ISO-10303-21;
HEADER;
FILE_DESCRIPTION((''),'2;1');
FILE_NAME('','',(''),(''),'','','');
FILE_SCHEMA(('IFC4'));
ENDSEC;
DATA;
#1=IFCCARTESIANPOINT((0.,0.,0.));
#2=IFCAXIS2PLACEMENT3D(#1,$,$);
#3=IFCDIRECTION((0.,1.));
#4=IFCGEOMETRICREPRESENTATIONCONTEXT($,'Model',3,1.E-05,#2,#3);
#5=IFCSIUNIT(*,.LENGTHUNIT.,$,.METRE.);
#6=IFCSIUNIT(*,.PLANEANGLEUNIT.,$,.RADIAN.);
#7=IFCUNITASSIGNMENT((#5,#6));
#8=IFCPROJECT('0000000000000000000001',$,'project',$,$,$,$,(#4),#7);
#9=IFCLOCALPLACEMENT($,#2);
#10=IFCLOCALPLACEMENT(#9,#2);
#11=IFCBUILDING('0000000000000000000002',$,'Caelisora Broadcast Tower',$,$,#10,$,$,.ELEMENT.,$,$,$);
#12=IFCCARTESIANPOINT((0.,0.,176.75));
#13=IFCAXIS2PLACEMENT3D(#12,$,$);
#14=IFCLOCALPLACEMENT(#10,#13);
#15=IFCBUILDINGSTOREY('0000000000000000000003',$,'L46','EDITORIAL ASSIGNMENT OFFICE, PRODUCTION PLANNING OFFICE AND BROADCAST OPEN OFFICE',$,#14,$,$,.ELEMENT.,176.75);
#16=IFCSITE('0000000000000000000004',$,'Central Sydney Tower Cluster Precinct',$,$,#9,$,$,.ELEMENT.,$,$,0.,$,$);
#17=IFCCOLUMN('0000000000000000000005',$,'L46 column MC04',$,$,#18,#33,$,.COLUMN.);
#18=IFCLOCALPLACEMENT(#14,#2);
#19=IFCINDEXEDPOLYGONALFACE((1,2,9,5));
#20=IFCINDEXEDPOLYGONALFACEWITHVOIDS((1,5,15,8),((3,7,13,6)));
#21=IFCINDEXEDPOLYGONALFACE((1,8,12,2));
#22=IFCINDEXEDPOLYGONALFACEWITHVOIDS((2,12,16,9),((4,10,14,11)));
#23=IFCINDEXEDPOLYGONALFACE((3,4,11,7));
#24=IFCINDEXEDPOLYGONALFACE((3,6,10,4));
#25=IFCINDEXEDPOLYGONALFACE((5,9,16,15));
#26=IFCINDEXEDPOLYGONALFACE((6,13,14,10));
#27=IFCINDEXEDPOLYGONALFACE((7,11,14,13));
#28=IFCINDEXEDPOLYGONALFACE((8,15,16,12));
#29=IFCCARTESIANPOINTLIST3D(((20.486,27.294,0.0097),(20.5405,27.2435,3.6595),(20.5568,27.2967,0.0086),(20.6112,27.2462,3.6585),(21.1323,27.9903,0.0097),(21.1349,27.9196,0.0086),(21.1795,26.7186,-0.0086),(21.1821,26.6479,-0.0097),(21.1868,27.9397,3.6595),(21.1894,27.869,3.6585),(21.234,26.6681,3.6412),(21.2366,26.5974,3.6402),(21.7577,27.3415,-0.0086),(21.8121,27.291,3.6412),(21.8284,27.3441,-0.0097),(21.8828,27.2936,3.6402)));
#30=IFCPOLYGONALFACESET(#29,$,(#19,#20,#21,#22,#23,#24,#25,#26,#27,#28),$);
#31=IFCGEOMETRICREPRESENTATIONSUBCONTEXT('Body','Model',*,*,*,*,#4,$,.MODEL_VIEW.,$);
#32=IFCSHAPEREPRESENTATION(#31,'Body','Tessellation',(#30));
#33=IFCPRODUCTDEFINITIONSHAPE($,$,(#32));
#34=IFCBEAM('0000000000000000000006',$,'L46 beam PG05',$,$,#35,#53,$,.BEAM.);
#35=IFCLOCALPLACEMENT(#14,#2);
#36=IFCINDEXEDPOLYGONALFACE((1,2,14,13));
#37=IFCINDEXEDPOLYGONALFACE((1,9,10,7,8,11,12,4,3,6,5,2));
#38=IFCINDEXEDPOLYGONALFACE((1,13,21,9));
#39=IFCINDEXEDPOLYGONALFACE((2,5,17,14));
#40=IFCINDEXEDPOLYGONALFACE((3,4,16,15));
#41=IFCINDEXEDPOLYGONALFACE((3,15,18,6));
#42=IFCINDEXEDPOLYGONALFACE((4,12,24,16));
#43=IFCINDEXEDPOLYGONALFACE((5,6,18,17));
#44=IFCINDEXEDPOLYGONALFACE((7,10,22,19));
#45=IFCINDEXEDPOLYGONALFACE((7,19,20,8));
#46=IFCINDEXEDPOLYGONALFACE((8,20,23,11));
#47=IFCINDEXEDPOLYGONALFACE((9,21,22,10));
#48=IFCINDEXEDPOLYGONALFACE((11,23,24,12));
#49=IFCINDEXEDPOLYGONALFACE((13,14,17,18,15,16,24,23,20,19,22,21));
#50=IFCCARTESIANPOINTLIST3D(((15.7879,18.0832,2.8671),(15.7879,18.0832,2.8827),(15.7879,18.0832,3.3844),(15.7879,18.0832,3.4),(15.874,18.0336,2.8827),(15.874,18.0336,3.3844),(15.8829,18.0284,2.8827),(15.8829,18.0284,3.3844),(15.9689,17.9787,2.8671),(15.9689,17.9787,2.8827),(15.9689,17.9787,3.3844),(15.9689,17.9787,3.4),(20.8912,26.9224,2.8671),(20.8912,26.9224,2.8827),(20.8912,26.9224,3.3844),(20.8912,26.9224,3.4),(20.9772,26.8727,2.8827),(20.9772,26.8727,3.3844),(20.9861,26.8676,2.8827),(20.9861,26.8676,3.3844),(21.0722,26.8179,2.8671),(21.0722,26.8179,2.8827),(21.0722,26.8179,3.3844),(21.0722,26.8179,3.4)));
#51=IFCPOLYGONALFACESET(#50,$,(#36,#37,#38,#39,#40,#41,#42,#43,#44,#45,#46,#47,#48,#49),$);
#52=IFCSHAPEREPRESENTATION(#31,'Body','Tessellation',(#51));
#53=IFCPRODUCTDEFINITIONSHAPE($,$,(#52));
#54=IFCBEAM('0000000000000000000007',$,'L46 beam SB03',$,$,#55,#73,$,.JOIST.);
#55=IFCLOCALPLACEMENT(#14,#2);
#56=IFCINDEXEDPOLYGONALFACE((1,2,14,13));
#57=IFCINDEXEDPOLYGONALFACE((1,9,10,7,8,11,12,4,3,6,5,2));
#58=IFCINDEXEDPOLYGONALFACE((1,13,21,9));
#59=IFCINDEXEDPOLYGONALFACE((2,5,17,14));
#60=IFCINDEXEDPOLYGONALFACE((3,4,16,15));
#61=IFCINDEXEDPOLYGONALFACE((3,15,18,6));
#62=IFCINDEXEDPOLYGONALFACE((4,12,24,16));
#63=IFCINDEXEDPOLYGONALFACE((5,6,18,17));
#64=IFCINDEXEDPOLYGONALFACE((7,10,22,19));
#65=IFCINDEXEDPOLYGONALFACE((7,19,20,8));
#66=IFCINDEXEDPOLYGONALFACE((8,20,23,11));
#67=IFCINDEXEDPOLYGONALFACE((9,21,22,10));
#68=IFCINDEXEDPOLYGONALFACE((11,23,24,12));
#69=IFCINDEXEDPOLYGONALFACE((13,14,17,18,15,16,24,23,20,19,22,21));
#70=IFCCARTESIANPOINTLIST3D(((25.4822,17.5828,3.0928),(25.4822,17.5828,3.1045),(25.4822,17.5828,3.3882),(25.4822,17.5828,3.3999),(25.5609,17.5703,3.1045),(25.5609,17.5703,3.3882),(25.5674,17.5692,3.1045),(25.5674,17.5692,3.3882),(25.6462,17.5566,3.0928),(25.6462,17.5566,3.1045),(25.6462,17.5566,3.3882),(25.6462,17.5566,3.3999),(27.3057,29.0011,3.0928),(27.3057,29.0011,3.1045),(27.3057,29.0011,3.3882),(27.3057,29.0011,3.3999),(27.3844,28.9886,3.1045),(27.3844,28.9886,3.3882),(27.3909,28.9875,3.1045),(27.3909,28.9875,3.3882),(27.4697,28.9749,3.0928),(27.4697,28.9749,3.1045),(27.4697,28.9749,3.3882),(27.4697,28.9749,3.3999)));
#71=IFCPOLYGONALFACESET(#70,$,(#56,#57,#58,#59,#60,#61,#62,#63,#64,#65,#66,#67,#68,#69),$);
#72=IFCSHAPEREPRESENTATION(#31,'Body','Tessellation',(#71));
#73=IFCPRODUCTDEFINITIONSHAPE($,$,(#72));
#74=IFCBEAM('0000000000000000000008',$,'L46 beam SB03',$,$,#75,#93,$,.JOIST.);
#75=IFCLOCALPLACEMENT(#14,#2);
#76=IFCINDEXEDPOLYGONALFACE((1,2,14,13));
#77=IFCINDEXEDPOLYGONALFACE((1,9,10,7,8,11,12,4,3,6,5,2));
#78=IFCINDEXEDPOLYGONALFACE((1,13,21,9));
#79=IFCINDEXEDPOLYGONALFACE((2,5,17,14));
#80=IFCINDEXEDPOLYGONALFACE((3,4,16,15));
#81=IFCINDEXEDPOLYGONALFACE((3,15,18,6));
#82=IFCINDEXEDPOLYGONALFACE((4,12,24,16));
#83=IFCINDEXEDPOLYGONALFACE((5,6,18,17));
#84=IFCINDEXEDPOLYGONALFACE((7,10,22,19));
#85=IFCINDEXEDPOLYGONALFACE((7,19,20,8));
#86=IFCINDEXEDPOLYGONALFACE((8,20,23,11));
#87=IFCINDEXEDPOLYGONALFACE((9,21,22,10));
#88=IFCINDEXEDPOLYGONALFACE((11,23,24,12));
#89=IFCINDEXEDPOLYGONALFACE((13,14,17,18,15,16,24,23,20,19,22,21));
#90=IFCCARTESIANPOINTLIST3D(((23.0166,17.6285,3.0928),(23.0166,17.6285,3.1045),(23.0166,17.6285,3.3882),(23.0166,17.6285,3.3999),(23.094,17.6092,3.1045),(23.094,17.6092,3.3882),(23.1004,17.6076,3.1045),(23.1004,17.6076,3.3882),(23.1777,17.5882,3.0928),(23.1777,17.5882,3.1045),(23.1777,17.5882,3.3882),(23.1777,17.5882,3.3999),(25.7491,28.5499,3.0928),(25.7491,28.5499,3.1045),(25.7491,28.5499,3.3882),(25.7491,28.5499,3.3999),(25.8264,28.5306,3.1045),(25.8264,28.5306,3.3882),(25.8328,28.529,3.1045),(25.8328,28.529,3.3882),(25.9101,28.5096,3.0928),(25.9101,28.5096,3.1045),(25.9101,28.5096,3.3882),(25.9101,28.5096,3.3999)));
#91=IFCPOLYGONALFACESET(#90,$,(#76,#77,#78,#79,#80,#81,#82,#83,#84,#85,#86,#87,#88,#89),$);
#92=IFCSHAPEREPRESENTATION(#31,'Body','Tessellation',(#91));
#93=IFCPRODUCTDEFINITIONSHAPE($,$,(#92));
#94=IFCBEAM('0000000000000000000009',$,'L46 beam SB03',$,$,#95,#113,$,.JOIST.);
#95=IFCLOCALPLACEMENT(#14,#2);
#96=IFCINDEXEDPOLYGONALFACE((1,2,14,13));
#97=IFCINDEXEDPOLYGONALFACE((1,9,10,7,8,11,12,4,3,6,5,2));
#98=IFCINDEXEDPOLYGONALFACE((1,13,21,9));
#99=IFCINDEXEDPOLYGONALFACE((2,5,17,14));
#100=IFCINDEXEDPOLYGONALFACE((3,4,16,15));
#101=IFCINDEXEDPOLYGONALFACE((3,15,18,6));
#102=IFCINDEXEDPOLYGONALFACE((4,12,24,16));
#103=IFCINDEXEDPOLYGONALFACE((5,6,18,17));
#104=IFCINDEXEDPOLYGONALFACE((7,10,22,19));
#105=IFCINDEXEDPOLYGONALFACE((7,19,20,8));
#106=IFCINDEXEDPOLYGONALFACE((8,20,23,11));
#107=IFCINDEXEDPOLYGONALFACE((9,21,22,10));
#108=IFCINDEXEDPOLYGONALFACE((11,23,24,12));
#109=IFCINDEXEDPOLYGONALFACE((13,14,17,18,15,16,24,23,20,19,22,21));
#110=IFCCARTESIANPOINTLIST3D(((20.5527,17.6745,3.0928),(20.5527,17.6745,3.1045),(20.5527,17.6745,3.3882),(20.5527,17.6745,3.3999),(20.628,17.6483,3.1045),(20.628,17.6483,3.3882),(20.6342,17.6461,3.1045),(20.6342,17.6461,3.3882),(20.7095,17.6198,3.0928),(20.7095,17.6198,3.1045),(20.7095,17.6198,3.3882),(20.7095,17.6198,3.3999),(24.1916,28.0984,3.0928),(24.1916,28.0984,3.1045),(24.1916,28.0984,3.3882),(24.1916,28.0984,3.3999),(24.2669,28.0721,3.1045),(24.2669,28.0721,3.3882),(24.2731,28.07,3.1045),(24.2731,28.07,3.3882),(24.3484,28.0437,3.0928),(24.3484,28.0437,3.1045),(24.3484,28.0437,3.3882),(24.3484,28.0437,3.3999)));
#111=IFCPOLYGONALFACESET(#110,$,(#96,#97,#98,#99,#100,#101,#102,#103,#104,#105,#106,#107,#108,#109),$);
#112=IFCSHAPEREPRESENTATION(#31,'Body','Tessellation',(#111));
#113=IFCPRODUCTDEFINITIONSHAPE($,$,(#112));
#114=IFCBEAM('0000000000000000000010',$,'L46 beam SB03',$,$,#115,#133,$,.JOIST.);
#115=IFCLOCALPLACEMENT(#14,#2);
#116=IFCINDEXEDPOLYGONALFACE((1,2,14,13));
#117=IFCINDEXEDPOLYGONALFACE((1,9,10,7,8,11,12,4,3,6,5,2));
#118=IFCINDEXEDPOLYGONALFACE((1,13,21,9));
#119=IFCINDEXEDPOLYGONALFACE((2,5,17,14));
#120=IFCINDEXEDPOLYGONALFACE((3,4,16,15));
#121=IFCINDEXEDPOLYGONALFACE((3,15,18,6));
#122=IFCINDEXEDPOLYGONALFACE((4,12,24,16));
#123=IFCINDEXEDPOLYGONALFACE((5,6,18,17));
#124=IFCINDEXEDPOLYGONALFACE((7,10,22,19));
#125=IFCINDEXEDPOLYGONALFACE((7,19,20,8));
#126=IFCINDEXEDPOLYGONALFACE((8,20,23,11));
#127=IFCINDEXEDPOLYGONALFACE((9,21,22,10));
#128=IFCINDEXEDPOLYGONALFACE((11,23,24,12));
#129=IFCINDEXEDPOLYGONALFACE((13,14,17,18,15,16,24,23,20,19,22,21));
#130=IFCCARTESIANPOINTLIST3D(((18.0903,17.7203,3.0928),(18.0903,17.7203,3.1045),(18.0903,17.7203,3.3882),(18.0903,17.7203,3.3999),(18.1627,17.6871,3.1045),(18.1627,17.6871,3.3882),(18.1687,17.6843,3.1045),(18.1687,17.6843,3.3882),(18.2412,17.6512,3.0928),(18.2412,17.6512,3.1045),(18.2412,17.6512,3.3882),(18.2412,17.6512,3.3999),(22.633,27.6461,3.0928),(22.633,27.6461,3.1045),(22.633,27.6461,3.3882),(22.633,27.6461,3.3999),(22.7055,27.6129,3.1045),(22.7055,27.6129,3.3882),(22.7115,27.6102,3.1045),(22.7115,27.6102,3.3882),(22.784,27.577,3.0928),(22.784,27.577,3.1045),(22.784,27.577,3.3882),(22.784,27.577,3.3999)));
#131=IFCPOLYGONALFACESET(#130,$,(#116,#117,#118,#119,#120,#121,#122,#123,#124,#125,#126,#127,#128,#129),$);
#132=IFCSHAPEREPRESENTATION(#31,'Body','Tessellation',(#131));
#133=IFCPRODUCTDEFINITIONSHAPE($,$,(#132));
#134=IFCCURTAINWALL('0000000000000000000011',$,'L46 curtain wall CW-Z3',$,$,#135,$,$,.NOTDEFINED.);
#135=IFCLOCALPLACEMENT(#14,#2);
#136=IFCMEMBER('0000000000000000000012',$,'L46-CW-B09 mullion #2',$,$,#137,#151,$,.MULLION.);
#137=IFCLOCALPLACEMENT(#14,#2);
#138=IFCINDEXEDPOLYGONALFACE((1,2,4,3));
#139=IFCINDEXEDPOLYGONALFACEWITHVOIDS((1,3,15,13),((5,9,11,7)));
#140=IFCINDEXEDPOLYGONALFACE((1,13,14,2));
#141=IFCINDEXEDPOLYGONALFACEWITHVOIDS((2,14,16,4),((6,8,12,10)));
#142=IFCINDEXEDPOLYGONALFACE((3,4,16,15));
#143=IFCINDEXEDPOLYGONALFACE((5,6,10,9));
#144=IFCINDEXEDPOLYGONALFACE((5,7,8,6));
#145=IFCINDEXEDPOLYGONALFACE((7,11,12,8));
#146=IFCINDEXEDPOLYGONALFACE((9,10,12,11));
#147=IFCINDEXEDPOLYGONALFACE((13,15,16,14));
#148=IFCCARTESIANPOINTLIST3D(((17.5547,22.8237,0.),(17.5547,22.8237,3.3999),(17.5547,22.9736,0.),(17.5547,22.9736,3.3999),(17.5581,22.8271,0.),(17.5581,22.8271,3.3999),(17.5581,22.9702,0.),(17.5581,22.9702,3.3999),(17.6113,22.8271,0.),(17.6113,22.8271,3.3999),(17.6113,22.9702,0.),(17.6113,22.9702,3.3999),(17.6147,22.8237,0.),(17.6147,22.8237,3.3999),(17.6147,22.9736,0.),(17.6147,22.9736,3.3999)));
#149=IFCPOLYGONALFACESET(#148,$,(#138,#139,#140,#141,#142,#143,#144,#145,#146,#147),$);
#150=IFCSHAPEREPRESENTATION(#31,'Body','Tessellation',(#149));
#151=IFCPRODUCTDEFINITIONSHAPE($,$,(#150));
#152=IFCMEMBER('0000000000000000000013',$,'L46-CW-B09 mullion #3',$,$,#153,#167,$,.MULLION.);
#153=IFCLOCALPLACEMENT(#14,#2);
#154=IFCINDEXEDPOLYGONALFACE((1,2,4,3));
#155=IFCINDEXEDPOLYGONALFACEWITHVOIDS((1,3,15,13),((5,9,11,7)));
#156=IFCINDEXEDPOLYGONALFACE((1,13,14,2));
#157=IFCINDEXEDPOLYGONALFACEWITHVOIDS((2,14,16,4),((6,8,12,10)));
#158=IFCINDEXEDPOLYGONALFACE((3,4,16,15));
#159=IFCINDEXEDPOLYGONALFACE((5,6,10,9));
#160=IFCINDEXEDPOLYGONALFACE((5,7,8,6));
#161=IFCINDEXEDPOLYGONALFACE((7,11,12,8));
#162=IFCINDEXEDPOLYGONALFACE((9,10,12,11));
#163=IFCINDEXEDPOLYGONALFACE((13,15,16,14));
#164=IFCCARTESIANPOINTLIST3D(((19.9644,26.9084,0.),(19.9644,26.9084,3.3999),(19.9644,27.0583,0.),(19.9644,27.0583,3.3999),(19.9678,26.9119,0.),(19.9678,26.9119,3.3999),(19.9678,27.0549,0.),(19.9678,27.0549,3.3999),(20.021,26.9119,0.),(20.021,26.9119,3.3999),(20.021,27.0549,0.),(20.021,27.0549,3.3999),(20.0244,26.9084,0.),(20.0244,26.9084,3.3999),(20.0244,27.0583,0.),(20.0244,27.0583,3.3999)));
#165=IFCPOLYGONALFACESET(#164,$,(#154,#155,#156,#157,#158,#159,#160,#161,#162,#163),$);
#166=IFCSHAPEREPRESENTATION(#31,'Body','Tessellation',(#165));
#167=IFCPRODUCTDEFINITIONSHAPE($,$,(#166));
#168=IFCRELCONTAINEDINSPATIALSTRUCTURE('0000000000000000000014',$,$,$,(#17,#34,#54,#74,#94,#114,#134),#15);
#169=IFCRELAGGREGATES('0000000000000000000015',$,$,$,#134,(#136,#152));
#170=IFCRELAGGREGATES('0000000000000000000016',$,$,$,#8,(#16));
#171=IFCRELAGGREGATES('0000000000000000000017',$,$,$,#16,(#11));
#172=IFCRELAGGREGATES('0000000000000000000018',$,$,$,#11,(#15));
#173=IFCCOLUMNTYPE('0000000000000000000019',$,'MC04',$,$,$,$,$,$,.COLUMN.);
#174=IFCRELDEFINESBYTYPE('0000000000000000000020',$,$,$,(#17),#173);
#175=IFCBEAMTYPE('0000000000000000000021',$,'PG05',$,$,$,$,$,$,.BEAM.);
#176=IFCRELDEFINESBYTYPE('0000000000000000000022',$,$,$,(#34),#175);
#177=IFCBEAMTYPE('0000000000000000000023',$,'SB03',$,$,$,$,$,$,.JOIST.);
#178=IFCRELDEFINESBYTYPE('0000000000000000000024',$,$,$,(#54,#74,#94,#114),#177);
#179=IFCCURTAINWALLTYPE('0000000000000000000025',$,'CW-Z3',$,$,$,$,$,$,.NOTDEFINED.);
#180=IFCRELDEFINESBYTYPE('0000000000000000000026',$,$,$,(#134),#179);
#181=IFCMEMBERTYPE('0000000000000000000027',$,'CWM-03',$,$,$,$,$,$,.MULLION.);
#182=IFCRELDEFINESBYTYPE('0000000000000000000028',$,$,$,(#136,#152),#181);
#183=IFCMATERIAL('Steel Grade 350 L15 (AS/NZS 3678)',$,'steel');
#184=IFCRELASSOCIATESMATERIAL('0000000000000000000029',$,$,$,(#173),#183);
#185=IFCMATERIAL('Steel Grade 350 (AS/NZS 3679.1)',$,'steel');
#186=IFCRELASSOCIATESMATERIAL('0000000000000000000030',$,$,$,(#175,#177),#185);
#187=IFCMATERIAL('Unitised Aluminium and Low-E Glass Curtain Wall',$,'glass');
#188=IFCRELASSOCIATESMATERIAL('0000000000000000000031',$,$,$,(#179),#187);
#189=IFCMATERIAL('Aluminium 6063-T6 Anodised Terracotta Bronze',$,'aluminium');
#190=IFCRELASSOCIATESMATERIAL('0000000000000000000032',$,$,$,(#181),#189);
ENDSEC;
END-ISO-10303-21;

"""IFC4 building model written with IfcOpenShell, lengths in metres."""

from ifc_helpers import new_model, si_unit, direction, frame, origin, origin_2d, place, context, subcontext, project, spatial, hollow_rectangle, i_section, extrude, source, transform, mapped, material, material_profile, profile_set, type_object, type_shapes, element, aggregate, save


model = new_model("IFC4")

# Units and contexts
model_context = context("Model", 3, precision=1e-05, world=origin(), true_north=direction((0.0, 1.0)))
body_context = subcontext(model_context, "Body", "Model", "MODEL_VIEW")
ifc_project = project(units=[si_unit("LENGTHUNIT", "METRE"), si_unit("PLANEANGLEUNIT", "RADIAN")], contexts=[model_context])

# Site, building, storey
site_placement = place(None, origin())
site = spatial("IfcSite", under=ifc_project, at=site_placement, Name="Central Sydney Tower Cluster Precinct", CompositionType="ELEMENT", RefElevation=0.0)
building_placement = place(site_placement, origin())
building = spatial("IfcBuilding", under=site, at=building_placement, Name="Caelisora Broadcast Tower", CompositionType="ELEMENT")
storey_placement = place(building_placement, frame((0.0, 0.0, 176.75)))
storey = spatial("IfcBuildingStorey", under=building, at=storey_placement, Name="L46", Description="EDITORIAL ASSIGNMENT OFFICE, PRODUCTION PLANNING OFFICE AND BROADCAST OPEN OFFICE", CompositionType="ELEMENT", Elevation=176.75)

# Column
ifc_material_1 = material(Name="Steel Grade 350 L15 (AS/NZS 3678)", Category="steel")
ifc_material_profile_1 = material_profile(ifc_material_1, hollow_rectangle(XDim=0.95, YDim=0.95, WallThickness=0.05, at=origin_2d()), Name="Steel Grade 350 L15 (AS/NZS 3678)")
ifc_profile_set_1 = profile_set([ifc_material_profile_1], Name="Steel Grade 350 L15 (AS/NZS 3678)")
column_type = type_object("IfcColumnType", Name="MC04", PredefinedType="COLUMN", material=ifc_profile_set_1)
shared_shape_1 = source(origin(), body_context, "Body", "SweptSolid", [
    extrude(hollow_rectangle(XDim=0.95, YDim=0.95, WallThickness=0.05, at=origin_2d()), origin(), (0.0, 0.0, 1.0), 3.6506),
])
type_shapes(column_type, [shared_shape_1])
column_placement = place(storey_placement, frame((21.1572, 27.3191, 0.0), z_axis=(0.014913, -0.013843, 0.999793), x_axis=(0.680325, 0.732911, 0.0)))
element("IfcColumn", 1, at=column_placement, inside=storey, type_object=column_type, Name="L46 column MC04", PredefinedType="COLUMN", context=body_context, shape_type="MappedRepresentation", body=[
    mapped(shared_shape_1, transform((0.0, 0.0, 0.0), scale=1.0)),
])

# Beams
ifc_material_2 = material(Name="Steel Grade 350 (AS/NZS 3679.1)", Category="steel")
ifc_material_profile_2 = material_profile(ifc_material_2, i_section(OverallWidth=0.209, OverallDepth=0.533, WebThickness=0.0103, FlangeThickness=0.0156, at=origin_2d()), Name="Steel Grade 350 (AS/NZS 3679.1)")
ifc_profile_set_2 = profile_set([ifc_material_profile_2], Name="Steel Grade 350 (AS/NZS 3679.1)")
beam_type_1 = type_object("IfcBeamType", Name="PG05", PredefinedType="BEAM", material=ifc_profile_set_2)
shared_shape_2 = source(origin(), body_context, "Body", "SweptSolid", [
    extrude(i_section(OverallWidth=0.209, OverallDepth=0.533, WebThickness=0.0103, FlangeThickness=0.0156, at=origin_2d()), origin(), (0.0, 0.0, 1.0), 10.2065),
])
type_shapes(beam_type_1, [shared_shape_2])
beam_1_placement = place(storey_placement, frame((20.9817, 26.8701, 3.1335), z_axis=(-0.500001, -0.866025, 0.0), x_axis=(0.866025, -0.500001, 0.0)))
element("IfcBeam", 2, at=beam_1_placement, inside=storey, type_object=beam_type_1, Name="L46 beam PG05", PredefinedType="BEAM", context=body_context, shape_type="MappedRepresentation", body=[
    mapped(shared_shape_2, transform((0.0, 0.0, 0.0), scale=1.0)),
])
ifc_material_profile_3 = material_profile(ifc_material_2, i_section(OverallWidth=0.166, OverallDepth=0.3071, WebThickness=0.0066, FlangeThickness=0.0117, at=origin_2d()), Name="Steel Grade 350 (AS/NZS 3679.1)")
ifc_profile_set_3 = profile_set([ifc_material_profile_3], Name="Steel Grade 350 (AS/NZS 3679.1)")
beam_type_2 = type_object("IfcBeamType", Name="SB03", PredefinedType="JOIST", material=ifc_profile_set_3)
shared_shape_3 = source(origin(), body_context, "Body", "SweptSolid", [
    extrude(i_section(OverallWidth=0.166, OverallDepth=0.3071, WebThickness=0.0066, FlangeThickness=0.0117, at=origin_2d()), origin(), (0.0, 0.0, 1.0), 11.563),
])
beam_2_placement = place(storey_placement, frame((27.3877, 28.988, 3.2463), z_axis=(-0.157701, -0.987487, 0.0), x_axis=(0.987487, -0.157701, 0.0)))
element("IfcBeam", 3, at=beam_2_placement, inside=storey, type_object=beam_type_2, Name="L46 beam SB03", PredefinedType="JOIST", context=body_context, shape_type="MappedRepresentation", body=[
    mapped(shared_shape_3, transform((0.0, 0.0, 0.0), scale=1.0)),
])
shared_shape_4 = source(origin(), body_context, "Body", "SweptSolid", [
    extrude(i_section(OverallWidth=0.166, OverallDepth=0.3071, WebThickness=0.0066, FlangeThickness=0.0117, at=origin_2d()), origin(), (0.0, 0.0, 1.0), 11.2581),
])
beam_3_placement = place(storey_placement, frame((25.8296, 28.5298, 3.2463), z_axis=(-0.242709, -0.970099, 0.0), x_axis=(0.970099, -0.242709, 0.0)))
element("IfcBeam", 4, at=beam_3_placement, inside=storey, type_object=beam_type_2, Name="L46 beam SB03", PredefinedType="JOIST", context=body_context, shape_type="MappedRepresentation", body=[
    mapped(shared_shape_4, transform((0.0, 0.0, 0.0), scale=1.0)),
])
shared_shape_5 = source(origin(), body_context, "Body", "SweptSolid", [
    extrude(i_section(OverallWidth=0.166, OverallDepth=0.3071, WebThickness=0.0066, FlangeThickness=0.0117, at=origin_2d()), origin(), (0.0, 0.0, 1.0), 11.0408),
])
beam_4_placement = place(storey_placement, frame((24.27, 28.071, 3.2463), z_axis=(-0.32959, -0.944124, 0.0), x_axis=(0.944124, -0.32959, 0.0)))
element("IfcBeam", 5, at=beam_4_placement, inside=storey, type_object=beam_type_2, Name="L46 beam SB03", PredefinedType="JOIST", context=body_context, shape_type="MappedRepresentation", body=[
    mapped(shared_shape_5, transform((0.0, 0.0, 0.0), scale=1.0)),
])
shared_shape_6 = source(origin(), body_context, "Body", "SweptSolid", [
    extrude(i_section(OverallWidth=0.166, OverallDepth=0.3071, WebThickness=0.0066, FlangeThickness=0.0117, at=origin_2d()), origin(), (0.0, 0.0, 1.0), 10.916),
])
type_shapes(beam_type_2, [shared_shape_3, shared_shape_4, shared_shape_5, shared_shape_6])
beam_5_placement = place(storey_placement, frame((22.7085, 27.6116, 3.2463), z_axis=(-0.416156, -0.909293, 0.0), x_axis=(0.909293, -0.416156, 0.0)))
element("IfcBeam", 6, at=beam_5_placement, inside=storey, type_object=beam_type_2, Name="L46 beam SB03", PredefinedType="JOIST", context=body_context, shape_type="MappedRepresentation", body=[
    mapped(shared_shape_6, transform((0.0, 0.0, 0.0), scale=1.0)),
])

# Curtain wall, members
ifc_material_3 = material(Name="Unitised Aluminium and Low-E Glass Curtain Wall", Category="glass")
curtain_wall_type_1 = type_object("IfcCurtainWallType", Name="CW-Z3", PredefinedType="NOTDEFINED", material=ifc_material_3)
curtain_wall_1_placement = place(storey_placement, origin())
curtain_wall_1 = element("IfcCurtainWall", 7, at=curtain_wall_1_placement, inside=storey, type_object=curtain_wall_type_1, Name="L46 curtain wall CW-Z3", PredefinedType="NOTDEFINED")
ifc_material_4 = material(Name="Aluminium 6063-T6 Anodised Terracotta Bronze", Category="aluminium")
ifc_material_profile_4 = material_profile(ifc_material_4, hollow_rectangle(XDim=0.0601, YDim=0.1499, WallThickness=0.0034, at=origin_2d()), Name="Aluminium 6063-T6 Anodised Terracotta Bronze")
ifc_profile_set_4 = profile_set([ifc_material_profile_4], Name="Aluminium 6063-T6 Anodised Terracotta Bronze")
member_type_1 = type_object("IfcMemberType", Name="CWM-03", PredefinedType="MULLION", material=ifc_profile_set_4)
shared_shape_7 = source(origin(), body_context, "Body", "SweptSolid", [
    extrude(hollow_rectangle(XDim=0.0601, YDim=0.1499, WallThickness=0.0034, at=origin_2d()), origin(), (0.0, 0.0, 1.0), 3.3999),
])
type_shapes(member_type_1, [shared_shape_7])
member_1_placement = place(storey_placement, frame((17.5847, 22.8987, 0.0), z_axis=(0.0, 0.0, 1.0), x_axis=(1.0, 0.0, 0.0)))
member_1 = element("IfcMember", 8, at=member_1_placement, type_object=member_type_1, Name="L46-CW-B09 mullion #2", PredefinedType="MULLION", context=body_context, shape_type="MappedRepresentation", body=[
    mapped(shared_shape_7, transform((0.0, 0.0, 0.0), scale=1.0)),
])
member_2_placement = place(storey_placement, frame((19.9944, 26.9834, 0.0), z_axis=(0.0, 0.0, 1.0), x_axis=(1.0, 0.0, 0.0)))
member_2 = element("IfcMember", 9, at=member_2_placement, type_object=member_type_1, Name="L46-CW-B09 mullion #3", PredefinedType="MULLION", context=body_context, shape_type="MappedRepresentation", body=[
    mapped(shared_shape_7, transform((0.0, 0.0, 0.0), scale=1.0)),
])

aggregate(curtain_wall_1, [member_1, member_2])

save(model, "model.ifc")
